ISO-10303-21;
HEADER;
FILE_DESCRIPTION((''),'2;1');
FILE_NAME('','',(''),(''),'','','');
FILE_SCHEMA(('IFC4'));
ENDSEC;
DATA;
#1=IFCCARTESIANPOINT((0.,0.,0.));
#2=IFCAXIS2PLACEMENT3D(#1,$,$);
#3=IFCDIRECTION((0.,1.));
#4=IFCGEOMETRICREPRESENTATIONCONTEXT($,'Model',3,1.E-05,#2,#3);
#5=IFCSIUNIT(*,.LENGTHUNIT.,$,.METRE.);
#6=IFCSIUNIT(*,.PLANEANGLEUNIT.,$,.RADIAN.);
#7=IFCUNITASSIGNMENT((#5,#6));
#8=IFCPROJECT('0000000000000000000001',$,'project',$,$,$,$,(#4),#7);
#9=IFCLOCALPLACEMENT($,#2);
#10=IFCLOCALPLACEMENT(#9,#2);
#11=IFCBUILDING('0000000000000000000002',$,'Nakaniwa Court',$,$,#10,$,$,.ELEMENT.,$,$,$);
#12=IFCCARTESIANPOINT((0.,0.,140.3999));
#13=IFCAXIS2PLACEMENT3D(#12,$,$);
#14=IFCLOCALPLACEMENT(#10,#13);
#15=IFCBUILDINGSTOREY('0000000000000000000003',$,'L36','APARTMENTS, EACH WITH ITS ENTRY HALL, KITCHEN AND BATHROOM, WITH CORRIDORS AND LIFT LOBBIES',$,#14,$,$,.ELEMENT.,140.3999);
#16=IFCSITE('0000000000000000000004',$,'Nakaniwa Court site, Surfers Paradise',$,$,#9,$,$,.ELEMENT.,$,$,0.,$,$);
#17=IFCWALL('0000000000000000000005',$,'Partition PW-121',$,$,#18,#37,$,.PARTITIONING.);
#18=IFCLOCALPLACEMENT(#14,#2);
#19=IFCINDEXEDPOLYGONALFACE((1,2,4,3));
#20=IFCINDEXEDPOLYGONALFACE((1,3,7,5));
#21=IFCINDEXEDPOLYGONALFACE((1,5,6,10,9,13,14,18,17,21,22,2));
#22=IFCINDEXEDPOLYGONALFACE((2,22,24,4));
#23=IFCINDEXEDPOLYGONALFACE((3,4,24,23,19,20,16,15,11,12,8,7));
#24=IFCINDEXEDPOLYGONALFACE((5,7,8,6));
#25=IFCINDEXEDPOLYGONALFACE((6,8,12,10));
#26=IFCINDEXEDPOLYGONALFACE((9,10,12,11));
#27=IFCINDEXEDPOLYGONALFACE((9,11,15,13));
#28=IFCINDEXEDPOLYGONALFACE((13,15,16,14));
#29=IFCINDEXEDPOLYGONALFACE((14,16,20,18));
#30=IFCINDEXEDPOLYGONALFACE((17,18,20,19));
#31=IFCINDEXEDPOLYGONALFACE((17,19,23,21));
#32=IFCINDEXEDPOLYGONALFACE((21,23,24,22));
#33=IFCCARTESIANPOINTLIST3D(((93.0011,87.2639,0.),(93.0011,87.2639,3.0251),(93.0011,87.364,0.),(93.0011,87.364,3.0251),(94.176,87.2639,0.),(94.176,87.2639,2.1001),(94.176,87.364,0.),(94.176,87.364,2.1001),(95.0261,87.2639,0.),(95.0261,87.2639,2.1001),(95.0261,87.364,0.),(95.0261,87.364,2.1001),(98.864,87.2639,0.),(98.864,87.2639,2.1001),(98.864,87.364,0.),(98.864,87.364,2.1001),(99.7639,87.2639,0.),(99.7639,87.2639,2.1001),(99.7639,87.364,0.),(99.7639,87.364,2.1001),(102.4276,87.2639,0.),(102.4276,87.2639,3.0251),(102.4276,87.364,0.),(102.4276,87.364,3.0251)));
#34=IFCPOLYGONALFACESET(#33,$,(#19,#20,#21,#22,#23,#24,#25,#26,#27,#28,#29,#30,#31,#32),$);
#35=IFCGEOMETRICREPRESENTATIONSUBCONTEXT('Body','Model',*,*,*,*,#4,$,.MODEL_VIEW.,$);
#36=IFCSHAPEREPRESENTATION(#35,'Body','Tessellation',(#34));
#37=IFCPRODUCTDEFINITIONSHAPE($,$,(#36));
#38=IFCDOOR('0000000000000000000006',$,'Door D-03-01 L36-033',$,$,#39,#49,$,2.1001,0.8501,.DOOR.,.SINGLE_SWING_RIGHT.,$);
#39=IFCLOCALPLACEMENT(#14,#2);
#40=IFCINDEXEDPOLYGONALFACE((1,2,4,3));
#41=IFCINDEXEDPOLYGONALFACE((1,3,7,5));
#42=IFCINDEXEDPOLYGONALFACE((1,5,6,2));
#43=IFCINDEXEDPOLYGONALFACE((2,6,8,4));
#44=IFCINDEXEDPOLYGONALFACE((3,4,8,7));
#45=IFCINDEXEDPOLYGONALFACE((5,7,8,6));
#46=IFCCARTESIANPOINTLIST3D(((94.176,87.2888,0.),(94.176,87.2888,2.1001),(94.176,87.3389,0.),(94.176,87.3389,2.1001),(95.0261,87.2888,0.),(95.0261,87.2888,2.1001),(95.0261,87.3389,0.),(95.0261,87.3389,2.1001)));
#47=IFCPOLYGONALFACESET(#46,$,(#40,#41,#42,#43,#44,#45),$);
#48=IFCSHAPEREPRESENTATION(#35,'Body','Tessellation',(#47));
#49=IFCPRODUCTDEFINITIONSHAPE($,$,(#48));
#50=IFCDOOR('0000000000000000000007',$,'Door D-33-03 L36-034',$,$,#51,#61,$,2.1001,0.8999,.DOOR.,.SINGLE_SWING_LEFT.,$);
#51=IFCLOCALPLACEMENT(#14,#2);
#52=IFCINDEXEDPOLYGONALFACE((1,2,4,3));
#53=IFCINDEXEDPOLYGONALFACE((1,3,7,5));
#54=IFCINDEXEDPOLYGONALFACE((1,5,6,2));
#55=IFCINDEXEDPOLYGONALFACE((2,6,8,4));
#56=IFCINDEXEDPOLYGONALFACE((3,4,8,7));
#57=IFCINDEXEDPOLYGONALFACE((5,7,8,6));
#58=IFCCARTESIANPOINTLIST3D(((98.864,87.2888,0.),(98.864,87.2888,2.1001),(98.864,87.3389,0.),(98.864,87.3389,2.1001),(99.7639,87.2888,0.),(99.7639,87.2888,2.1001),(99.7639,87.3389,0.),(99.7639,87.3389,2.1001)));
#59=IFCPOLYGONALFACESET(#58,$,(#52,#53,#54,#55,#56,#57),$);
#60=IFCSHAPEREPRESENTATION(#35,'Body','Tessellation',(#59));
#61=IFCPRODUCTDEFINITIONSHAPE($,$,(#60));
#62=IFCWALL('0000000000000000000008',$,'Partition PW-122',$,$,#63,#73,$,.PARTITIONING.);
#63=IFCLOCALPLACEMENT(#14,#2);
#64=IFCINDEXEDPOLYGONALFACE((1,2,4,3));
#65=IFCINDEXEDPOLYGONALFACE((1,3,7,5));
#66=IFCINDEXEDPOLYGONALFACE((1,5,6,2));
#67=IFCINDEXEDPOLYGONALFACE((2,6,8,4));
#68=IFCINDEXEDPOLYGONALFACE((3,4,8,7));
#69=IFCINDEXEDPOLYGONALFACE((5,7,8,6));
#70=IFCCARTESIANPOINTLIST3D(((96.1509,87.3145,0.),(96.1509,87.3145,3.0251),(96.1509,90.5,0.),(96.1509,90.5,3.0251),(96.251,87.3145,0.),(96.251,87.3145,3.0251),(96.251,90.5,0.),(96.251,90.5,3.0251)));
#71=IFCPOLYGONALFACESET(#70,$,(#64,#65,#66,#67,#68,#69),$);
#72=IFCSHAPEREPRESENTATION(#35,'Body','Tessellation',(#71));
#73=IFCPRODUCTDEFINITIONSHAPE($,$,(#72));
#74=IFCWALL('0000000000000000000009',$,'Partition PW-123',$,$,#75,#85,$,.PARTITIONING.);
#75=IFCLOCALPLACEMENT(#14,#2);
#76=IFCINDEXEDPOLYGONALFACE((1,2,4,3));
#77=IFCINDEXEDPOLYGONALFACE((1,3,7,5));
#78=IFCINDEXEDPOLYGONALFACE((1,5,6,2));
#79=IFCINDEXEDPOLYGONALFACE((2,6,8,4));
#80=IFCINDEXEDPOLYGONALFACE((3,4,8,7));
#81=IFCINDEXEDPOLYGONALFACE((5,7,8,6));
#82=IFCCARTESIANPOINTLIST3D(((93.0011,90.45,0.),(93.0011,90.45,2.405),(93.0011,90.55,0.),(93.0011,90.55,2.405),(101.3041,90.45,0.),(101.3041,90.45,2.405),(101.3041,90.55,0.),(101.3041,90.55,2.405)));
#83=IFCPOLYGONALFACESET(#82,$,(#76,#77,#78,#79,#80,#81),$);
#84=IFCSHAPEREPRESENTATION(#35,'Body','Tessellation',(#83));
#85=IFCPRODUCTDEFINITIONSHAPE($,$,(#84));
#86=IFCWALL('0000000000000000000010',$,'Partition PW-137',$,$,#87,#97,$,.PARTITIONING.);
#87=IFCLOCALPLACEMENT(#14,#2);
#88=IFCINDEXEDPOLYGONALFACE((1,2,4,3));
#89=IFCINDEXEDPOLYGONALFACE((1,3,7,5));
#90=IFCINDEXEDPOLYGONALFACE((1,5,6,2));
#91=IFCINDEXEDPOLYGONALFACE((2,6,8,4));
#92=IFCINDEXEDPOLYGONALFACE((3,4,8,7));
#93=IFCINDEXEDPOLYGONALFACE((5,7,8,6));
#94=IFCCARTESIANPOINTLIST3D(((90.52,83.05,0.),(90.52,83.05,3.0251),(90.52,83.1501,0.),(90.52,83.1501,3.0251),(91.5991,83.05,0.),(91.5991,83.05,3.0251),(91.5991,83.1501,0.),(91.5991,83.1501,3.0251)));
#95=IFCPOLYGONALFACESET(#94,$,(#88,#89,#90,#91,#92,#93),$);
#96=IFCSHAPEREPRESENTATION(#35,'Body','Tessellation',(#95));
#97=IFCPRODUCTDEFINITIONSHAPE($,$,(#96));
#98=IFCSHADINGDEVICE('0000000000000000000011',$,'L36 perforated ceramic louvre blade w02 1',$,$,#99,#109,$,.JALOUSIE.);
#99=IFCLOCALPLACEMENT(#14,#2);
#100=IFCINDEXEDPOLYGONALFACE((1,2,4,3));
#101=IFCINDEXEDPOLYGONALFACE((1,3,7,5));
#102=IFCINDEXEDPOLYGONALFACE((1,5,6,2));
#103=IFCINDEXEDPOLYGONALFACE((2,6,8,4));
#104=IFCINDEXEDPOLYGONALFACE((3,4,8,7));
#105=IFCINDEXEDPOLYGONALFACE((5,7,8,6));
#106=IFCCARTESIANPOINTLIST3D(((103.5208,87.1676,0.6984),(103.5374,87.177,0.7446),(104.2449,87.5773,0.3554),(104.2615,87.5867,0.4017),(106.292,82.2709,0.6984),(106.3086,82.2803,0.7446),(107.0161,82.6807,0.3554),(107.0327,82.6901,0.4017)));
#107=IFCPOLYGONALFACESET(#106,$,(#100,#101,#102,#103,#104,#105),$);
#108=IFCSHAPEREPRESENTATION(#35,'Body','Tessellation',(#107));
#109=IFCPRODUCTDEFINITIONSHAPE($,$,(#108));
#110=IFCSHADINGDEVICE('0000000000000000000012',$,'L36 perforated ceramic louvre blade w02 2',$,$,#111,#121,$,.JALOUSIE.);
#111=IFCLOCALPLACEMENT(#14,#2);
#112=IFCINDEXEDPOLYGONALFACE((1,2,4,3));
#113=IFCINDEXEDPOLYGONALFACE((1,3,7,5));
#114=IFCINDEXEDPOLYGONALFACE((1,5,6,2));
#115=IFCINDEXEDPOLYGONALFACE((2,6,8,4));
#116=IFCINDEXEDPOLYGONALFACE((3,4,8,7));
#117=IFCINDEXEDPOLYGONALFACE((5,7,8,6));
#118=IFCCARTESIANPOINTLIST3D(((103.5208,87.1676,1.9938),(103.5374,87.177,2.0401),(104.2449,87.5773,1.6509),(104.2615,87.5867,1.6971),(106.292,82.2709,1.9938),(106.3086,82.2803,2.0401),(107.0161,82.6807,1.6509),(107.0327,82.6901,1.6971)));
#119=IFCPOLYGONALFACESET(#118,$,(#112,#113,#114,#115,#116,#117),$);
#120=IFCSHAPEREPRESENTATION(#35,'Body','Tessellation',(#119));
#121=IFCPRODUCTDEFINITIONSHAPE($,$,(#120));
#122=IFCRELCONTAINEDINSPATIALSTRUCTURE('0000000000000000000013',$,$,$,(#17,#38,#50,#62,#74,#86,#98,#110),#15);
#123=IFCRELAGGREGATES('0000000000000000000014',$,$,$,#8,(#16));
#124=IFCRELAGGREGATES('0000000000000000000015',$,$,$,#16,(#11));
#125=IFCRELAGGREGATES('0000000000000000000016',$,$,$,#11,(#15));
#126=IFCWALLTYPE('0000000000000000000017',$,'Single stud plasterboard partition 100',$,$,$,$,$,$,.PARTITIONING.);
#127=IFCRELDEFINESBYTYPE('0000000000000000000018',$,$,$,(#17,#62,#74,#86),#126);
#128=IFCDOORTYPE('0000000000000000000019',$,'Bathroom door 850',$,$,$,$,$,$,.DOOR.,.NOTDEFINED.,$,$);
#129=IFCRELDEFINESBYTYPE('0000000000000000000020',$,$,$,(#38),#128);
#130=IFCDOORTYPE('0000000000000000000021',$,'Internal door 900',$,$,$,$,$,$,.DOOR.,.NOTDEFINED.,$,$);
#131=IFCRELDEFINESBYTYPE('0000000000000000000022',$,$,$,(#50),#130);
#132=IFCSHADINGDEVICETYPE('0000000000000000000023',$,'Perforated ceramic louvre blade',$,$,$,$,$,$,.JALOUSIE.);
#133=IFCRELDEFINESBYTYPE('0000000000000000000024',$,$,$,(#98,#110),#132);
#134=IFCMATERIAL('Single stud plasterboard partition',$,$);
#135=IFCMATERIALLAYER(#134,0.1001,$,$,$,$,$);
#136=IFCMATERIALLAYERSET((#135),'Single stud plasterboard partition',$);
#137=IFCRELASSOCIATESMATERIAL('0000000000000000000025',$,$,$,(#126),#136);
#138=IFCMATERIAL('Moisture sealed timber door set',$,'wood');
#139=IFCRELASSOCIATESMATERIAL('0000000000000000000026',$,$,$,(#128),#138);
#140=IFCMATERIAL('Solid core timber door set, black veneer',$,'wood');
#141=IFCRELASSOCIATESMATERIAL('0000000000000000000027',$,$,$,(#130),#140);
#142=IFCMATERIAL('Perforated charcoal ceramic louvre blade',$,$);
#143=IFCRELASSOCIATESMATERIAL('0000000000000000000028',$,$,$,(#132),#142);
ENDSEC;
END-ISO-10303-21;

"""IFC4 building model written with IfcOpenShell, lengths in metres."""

from ifc_helpers import new_model, si_unit, direction, frame, frame_2d, origin, origin_2d, place, context, subcontext, project, spatial, rectangle, extrude, material, layer, layer_set, material_profile, profile_set, type_object, element, fill, save


model = new_model("IFC4")

# Units and contexts
model_context = context("Model", 3, precision=1e-05, world=origin(), true_north=direction((0.0, 1.0)))
body_context = subcontext(model_context, "Body", "Model", "MODEL_VIEW")
ifc_project = project(units=[si_unit("LENGTHUNIT", "METRE"), si_unit("PLANEANGLEUNIT", "RADIAN")], contexts=[model_context])

# Site, building, storey
site_placement = place(None, origin())
site = spatial("IfcSite", under=ifc_project, at=site_placement, Name="Nakaniwa Court site, Surfers Paradise", CompositionType="ELEMENT", RefElevation=0.0)
building_placement = place(site_placement, origin())
building = spatial("IfcBuilding", under=site, at=building_placement, Name="Nakaniwa Court", CompositionType="ELEMENT")
storey_placement = place(building_placement, frame((0.0, 0.0, 140.3999)))
storey = spatial("IfcBuildingStorey", under=building, at=storey_placement, Name="L36", Description="APARTMENTS, EACH WITH ITS ENTRY HALL, KITCHEN AND BATHROOM, WITH CORRIDORS AND LIFT LOBBIES", CompositionType="ELEMENT", Elevation=140.3999)

# Shared definitions
ifc_material_1 = material(Name="Solid core timber door set, black veneer", Category="wood")

# Wall, openings, doors
ifc_material_2 = material(Name="Single stud plasterboard partition")
ifc_layer_1 = layer(ifc_material_2, 0.1001)
ifc_layer_set_1 = layer_set([ifc_layer_1], Name="Single stud plasterboard partition")
wall_type_1 = type_object("IfcWallType", Name="Single stud plasterboard partition 100", PredefinedType="PARTITIONING", material=ifc_layer_set_1)
wall_1_placement = place(storey_placement, frame((93.001, 87.314, 0.0), z_axis=(0.0, 0.0, 1.0), x_axis=(1.0, 0.0, 0.0)))
wall_1 = element("IfcWall", 1, at=wall_1_placement, inside=storey, type_object=wall_type_1, Name="Partition PW-121", PredefinedType="PARTITIONING", context=body_context, shape_type="SweptSolid", body=[
    extrude(rectangle(XDim=9.4265, YDim=0.1001, at=frame_2d((4.7134, 0.0))), origin(), (0.0, 0.0, 1.0), 3.0251),
])
opening_1_placement = place(wall_1_placement, frame((1.175, 0.0, 0.0)))
opening_1 = element("IfcOpeningElement", 2, at=opening_1_placement, cuts=wall_1, PredefinedType="OPENING", context=body_context, shape_type="SweptSolid", body=[
    extrude(rectangle(XDim=0.8501, YDim=2.1001, at=frame_2d((0.425, 1.05))), frame((0.0, 0.0601, 0.0), z_axis=(0.0, -1.0, 0.0), x_axis=(1.0, 0.0, 0.0)), (0.0, 0.0, 1.0), 0.1201),
])
opening_2_placement = place(wall_1_placement, frame((5.863, 0.0, 0.0)))
opening_2 = element("IfcOpeningElement", 3, at=opening_2_placement, cuts=wall_1, PredefinedType="OPENING", context=body_context, shape_type="SweptSolid", body=[
    extrude(rectangle(XDim=0.8999, YDim=2.1001, at=frame_2d((0.45, 1.05))), frame((0.0, 0.0601, 0.0), z_axis=(0.0, -1.0, 0.0), x_axis=(1.0, 0.0, 0.0)), (0.0, 0.0, 1.0), 0.1201),
])
ifc_material_3 = material(Name="Moisture sealed timber door set", Category="wood")
door_type_1 = type_object("IfcDoorType", Name="Bathroom door 850", OperationType="NOTDEFINED", PredefinedType="DOOR", material=ifc_material_3)
door_1_placement = place(opening_1_placement, origin())
door_1 = element("IfcDoor", 4, at=door_1_placement, inside=storey, type_object=door_type_1, Name="Door D-03-01 L36-033", OperationType="SINGLE_SWING_RIGHT", OverallHeight=2.1001, OverallWidth=0.8501, PredefinedType="DOOR", context=body_context, shape_type="SweptSolid", body=[
    extrude(rectangle(XDim=0.8501, YDim=2.1001, at=frame_2d((0.425, 1.05))), frame((0.0, 0.0249, 0.0), z_axis=(0.0, -1.0, 0.0), x_axis=(1.0, 0.0, 0.0)), (0.0, 0.0, 1.0), 0.05),
])
fill(opening_1, door_1)
door_type_2 = type_object("IfcDoorType", Name="Internal door 900", OperationType="NOTDEFINED", PredefinedType="DOOR", material=ifc_material_1)
door_2_placement = place(opening_2_placement, origin())
door_2 = element("IfcDoor", 5, at=door_2_placement, inside=storey, type_object=door_type_2, Name="Door D-33-03 L36-034", OperationType="SINGLE_SWING_LEFT", OverallHeight=2.1001, OverallWidth=0.8999, PredefinedType="DOOR", context=body_context, shape_type="SweptSolid", body=[
    extrude(rectangle(XDim=0.8999, YDim=2.1001, at=frame_2d((0.45, 1.05))), frame((0.0, 0.0249, 0.0), z_axis=(0.0, -1.0, 0.0), x_axis=(1.0, 0.0, 0.0)), (0.0, 0.0, 1.0), 0.05),
])
fill(opening_2, door_2)

# Walls
wall_2_placement = place(storey_placement, frame((96.2009, 87.3145, 0.0), z_axis=(0.0, 0.0, 1.0), x_axis=(0.0, 1.0, 0.0)))
element("IfcWall", 6, at=wall_2_placement, inside=storey, type_object=wall_type_1, Name="Partition PW-122", PredefinedType="PARTITIONING", context=body_context, shape_type="SweptSolid", body=[
    extrude(rectangle(XDim=3.1855, YDim=0.1001, at=frame_2d((1.5928, 0.0))), origin(), (0.0, 0.0, 1.0), 3.0251),
])
wall_3_placement = place(storey_placement, frame((93.0012, 90.5, 0.0), z_axis=(0.0, 0.0, 1.0), x_axis=(1.0, 0.0, 0.0)))
element("IfcWall", 7, at=wall_3_placement, inside=storey, type_object=wall_type_1, Name="Partition PW-123", PredefinedType="PARTITIONING", context=body_context, shape_type="SweptSolid", body=[
    extrude(rectangle(XDim=8.303, YDim=0.1001, at=frame_2d((4.1514, 0.0))), origin(), (0.0, 0.0, 1.0), 2.405),
])
wall_4_placement = place(storey_placement, frame((90.52, 83.1001, 0.0), z_axis=(0.0, 0.0, 1.0), x_axis=(1.0, 0.0, 0.0)))
element("IfcWall", 8, at=wall_4_placement, inside=storey, type_object=wall_type_1, Name="Partition PW-137", PredefinedType="PARTITIONING", context=body_context, shape_type="SweptSolid", body=[
    extrude(rectangle(XDim=1.0791, YDim=0.1001, at=frame_2d((0.5396, 0.0))), origin(), (0.0, 0.0, 1.0), 3.0251),
])

# Shading devices
ifc_material_4 = material(Name="Perforated charcoal ceramic louvre blade")
ifc_material_profile_1 = material_profile(ifc_material_4, rectangle(XDim=0.8999, YDim=0.05, at=origin_2d()), Name="Perforated ceramic louvre blade")
ifc_profile_set_1 = profile_set([ifc_material_profile_1], Name="Perforated charcoal ceramic louvre blade")
shading_device_type = type_object("IfcShadingDeviceType", Name="Perforated ceramic louvre blade", PredefinedType="JALOUSIE", material=ifc_profile_set_1)
for number, where, z_axis, x_axis, name in (
    (9, (106.6624, 82.4805, 0.55), (-0.492532, 0.870294, 0.0), (-0.804627, -0.455368, 0.38107), "L36 perforated ceramic louvre blade w02 1"),
    (10, (106.6624, 82.4805, 1.8455), (-0.492532, 0.870294, 0.0), (-0.804627, -0.455368, 0.38107), "L36 perforated ceramic louvre blade w02 2"),
):
    element("IfcShadingDevice", number, at=place(storey_placement, frame(where, z_axis=z_axis, x_axis=x_axis)), inside=storey, type_object=shading_device_type, Name=name, PredefinedType="JALOUSIE", context=body_context, shape_type="SweptSolid", body=[
        extrude(rectangle(XDim=0.8999, YDim=0.05, at=origin_2d()), origin(), (0.0, 0.0, 1.0), 5.6265),
    ])

save(model, "model.ifc")
